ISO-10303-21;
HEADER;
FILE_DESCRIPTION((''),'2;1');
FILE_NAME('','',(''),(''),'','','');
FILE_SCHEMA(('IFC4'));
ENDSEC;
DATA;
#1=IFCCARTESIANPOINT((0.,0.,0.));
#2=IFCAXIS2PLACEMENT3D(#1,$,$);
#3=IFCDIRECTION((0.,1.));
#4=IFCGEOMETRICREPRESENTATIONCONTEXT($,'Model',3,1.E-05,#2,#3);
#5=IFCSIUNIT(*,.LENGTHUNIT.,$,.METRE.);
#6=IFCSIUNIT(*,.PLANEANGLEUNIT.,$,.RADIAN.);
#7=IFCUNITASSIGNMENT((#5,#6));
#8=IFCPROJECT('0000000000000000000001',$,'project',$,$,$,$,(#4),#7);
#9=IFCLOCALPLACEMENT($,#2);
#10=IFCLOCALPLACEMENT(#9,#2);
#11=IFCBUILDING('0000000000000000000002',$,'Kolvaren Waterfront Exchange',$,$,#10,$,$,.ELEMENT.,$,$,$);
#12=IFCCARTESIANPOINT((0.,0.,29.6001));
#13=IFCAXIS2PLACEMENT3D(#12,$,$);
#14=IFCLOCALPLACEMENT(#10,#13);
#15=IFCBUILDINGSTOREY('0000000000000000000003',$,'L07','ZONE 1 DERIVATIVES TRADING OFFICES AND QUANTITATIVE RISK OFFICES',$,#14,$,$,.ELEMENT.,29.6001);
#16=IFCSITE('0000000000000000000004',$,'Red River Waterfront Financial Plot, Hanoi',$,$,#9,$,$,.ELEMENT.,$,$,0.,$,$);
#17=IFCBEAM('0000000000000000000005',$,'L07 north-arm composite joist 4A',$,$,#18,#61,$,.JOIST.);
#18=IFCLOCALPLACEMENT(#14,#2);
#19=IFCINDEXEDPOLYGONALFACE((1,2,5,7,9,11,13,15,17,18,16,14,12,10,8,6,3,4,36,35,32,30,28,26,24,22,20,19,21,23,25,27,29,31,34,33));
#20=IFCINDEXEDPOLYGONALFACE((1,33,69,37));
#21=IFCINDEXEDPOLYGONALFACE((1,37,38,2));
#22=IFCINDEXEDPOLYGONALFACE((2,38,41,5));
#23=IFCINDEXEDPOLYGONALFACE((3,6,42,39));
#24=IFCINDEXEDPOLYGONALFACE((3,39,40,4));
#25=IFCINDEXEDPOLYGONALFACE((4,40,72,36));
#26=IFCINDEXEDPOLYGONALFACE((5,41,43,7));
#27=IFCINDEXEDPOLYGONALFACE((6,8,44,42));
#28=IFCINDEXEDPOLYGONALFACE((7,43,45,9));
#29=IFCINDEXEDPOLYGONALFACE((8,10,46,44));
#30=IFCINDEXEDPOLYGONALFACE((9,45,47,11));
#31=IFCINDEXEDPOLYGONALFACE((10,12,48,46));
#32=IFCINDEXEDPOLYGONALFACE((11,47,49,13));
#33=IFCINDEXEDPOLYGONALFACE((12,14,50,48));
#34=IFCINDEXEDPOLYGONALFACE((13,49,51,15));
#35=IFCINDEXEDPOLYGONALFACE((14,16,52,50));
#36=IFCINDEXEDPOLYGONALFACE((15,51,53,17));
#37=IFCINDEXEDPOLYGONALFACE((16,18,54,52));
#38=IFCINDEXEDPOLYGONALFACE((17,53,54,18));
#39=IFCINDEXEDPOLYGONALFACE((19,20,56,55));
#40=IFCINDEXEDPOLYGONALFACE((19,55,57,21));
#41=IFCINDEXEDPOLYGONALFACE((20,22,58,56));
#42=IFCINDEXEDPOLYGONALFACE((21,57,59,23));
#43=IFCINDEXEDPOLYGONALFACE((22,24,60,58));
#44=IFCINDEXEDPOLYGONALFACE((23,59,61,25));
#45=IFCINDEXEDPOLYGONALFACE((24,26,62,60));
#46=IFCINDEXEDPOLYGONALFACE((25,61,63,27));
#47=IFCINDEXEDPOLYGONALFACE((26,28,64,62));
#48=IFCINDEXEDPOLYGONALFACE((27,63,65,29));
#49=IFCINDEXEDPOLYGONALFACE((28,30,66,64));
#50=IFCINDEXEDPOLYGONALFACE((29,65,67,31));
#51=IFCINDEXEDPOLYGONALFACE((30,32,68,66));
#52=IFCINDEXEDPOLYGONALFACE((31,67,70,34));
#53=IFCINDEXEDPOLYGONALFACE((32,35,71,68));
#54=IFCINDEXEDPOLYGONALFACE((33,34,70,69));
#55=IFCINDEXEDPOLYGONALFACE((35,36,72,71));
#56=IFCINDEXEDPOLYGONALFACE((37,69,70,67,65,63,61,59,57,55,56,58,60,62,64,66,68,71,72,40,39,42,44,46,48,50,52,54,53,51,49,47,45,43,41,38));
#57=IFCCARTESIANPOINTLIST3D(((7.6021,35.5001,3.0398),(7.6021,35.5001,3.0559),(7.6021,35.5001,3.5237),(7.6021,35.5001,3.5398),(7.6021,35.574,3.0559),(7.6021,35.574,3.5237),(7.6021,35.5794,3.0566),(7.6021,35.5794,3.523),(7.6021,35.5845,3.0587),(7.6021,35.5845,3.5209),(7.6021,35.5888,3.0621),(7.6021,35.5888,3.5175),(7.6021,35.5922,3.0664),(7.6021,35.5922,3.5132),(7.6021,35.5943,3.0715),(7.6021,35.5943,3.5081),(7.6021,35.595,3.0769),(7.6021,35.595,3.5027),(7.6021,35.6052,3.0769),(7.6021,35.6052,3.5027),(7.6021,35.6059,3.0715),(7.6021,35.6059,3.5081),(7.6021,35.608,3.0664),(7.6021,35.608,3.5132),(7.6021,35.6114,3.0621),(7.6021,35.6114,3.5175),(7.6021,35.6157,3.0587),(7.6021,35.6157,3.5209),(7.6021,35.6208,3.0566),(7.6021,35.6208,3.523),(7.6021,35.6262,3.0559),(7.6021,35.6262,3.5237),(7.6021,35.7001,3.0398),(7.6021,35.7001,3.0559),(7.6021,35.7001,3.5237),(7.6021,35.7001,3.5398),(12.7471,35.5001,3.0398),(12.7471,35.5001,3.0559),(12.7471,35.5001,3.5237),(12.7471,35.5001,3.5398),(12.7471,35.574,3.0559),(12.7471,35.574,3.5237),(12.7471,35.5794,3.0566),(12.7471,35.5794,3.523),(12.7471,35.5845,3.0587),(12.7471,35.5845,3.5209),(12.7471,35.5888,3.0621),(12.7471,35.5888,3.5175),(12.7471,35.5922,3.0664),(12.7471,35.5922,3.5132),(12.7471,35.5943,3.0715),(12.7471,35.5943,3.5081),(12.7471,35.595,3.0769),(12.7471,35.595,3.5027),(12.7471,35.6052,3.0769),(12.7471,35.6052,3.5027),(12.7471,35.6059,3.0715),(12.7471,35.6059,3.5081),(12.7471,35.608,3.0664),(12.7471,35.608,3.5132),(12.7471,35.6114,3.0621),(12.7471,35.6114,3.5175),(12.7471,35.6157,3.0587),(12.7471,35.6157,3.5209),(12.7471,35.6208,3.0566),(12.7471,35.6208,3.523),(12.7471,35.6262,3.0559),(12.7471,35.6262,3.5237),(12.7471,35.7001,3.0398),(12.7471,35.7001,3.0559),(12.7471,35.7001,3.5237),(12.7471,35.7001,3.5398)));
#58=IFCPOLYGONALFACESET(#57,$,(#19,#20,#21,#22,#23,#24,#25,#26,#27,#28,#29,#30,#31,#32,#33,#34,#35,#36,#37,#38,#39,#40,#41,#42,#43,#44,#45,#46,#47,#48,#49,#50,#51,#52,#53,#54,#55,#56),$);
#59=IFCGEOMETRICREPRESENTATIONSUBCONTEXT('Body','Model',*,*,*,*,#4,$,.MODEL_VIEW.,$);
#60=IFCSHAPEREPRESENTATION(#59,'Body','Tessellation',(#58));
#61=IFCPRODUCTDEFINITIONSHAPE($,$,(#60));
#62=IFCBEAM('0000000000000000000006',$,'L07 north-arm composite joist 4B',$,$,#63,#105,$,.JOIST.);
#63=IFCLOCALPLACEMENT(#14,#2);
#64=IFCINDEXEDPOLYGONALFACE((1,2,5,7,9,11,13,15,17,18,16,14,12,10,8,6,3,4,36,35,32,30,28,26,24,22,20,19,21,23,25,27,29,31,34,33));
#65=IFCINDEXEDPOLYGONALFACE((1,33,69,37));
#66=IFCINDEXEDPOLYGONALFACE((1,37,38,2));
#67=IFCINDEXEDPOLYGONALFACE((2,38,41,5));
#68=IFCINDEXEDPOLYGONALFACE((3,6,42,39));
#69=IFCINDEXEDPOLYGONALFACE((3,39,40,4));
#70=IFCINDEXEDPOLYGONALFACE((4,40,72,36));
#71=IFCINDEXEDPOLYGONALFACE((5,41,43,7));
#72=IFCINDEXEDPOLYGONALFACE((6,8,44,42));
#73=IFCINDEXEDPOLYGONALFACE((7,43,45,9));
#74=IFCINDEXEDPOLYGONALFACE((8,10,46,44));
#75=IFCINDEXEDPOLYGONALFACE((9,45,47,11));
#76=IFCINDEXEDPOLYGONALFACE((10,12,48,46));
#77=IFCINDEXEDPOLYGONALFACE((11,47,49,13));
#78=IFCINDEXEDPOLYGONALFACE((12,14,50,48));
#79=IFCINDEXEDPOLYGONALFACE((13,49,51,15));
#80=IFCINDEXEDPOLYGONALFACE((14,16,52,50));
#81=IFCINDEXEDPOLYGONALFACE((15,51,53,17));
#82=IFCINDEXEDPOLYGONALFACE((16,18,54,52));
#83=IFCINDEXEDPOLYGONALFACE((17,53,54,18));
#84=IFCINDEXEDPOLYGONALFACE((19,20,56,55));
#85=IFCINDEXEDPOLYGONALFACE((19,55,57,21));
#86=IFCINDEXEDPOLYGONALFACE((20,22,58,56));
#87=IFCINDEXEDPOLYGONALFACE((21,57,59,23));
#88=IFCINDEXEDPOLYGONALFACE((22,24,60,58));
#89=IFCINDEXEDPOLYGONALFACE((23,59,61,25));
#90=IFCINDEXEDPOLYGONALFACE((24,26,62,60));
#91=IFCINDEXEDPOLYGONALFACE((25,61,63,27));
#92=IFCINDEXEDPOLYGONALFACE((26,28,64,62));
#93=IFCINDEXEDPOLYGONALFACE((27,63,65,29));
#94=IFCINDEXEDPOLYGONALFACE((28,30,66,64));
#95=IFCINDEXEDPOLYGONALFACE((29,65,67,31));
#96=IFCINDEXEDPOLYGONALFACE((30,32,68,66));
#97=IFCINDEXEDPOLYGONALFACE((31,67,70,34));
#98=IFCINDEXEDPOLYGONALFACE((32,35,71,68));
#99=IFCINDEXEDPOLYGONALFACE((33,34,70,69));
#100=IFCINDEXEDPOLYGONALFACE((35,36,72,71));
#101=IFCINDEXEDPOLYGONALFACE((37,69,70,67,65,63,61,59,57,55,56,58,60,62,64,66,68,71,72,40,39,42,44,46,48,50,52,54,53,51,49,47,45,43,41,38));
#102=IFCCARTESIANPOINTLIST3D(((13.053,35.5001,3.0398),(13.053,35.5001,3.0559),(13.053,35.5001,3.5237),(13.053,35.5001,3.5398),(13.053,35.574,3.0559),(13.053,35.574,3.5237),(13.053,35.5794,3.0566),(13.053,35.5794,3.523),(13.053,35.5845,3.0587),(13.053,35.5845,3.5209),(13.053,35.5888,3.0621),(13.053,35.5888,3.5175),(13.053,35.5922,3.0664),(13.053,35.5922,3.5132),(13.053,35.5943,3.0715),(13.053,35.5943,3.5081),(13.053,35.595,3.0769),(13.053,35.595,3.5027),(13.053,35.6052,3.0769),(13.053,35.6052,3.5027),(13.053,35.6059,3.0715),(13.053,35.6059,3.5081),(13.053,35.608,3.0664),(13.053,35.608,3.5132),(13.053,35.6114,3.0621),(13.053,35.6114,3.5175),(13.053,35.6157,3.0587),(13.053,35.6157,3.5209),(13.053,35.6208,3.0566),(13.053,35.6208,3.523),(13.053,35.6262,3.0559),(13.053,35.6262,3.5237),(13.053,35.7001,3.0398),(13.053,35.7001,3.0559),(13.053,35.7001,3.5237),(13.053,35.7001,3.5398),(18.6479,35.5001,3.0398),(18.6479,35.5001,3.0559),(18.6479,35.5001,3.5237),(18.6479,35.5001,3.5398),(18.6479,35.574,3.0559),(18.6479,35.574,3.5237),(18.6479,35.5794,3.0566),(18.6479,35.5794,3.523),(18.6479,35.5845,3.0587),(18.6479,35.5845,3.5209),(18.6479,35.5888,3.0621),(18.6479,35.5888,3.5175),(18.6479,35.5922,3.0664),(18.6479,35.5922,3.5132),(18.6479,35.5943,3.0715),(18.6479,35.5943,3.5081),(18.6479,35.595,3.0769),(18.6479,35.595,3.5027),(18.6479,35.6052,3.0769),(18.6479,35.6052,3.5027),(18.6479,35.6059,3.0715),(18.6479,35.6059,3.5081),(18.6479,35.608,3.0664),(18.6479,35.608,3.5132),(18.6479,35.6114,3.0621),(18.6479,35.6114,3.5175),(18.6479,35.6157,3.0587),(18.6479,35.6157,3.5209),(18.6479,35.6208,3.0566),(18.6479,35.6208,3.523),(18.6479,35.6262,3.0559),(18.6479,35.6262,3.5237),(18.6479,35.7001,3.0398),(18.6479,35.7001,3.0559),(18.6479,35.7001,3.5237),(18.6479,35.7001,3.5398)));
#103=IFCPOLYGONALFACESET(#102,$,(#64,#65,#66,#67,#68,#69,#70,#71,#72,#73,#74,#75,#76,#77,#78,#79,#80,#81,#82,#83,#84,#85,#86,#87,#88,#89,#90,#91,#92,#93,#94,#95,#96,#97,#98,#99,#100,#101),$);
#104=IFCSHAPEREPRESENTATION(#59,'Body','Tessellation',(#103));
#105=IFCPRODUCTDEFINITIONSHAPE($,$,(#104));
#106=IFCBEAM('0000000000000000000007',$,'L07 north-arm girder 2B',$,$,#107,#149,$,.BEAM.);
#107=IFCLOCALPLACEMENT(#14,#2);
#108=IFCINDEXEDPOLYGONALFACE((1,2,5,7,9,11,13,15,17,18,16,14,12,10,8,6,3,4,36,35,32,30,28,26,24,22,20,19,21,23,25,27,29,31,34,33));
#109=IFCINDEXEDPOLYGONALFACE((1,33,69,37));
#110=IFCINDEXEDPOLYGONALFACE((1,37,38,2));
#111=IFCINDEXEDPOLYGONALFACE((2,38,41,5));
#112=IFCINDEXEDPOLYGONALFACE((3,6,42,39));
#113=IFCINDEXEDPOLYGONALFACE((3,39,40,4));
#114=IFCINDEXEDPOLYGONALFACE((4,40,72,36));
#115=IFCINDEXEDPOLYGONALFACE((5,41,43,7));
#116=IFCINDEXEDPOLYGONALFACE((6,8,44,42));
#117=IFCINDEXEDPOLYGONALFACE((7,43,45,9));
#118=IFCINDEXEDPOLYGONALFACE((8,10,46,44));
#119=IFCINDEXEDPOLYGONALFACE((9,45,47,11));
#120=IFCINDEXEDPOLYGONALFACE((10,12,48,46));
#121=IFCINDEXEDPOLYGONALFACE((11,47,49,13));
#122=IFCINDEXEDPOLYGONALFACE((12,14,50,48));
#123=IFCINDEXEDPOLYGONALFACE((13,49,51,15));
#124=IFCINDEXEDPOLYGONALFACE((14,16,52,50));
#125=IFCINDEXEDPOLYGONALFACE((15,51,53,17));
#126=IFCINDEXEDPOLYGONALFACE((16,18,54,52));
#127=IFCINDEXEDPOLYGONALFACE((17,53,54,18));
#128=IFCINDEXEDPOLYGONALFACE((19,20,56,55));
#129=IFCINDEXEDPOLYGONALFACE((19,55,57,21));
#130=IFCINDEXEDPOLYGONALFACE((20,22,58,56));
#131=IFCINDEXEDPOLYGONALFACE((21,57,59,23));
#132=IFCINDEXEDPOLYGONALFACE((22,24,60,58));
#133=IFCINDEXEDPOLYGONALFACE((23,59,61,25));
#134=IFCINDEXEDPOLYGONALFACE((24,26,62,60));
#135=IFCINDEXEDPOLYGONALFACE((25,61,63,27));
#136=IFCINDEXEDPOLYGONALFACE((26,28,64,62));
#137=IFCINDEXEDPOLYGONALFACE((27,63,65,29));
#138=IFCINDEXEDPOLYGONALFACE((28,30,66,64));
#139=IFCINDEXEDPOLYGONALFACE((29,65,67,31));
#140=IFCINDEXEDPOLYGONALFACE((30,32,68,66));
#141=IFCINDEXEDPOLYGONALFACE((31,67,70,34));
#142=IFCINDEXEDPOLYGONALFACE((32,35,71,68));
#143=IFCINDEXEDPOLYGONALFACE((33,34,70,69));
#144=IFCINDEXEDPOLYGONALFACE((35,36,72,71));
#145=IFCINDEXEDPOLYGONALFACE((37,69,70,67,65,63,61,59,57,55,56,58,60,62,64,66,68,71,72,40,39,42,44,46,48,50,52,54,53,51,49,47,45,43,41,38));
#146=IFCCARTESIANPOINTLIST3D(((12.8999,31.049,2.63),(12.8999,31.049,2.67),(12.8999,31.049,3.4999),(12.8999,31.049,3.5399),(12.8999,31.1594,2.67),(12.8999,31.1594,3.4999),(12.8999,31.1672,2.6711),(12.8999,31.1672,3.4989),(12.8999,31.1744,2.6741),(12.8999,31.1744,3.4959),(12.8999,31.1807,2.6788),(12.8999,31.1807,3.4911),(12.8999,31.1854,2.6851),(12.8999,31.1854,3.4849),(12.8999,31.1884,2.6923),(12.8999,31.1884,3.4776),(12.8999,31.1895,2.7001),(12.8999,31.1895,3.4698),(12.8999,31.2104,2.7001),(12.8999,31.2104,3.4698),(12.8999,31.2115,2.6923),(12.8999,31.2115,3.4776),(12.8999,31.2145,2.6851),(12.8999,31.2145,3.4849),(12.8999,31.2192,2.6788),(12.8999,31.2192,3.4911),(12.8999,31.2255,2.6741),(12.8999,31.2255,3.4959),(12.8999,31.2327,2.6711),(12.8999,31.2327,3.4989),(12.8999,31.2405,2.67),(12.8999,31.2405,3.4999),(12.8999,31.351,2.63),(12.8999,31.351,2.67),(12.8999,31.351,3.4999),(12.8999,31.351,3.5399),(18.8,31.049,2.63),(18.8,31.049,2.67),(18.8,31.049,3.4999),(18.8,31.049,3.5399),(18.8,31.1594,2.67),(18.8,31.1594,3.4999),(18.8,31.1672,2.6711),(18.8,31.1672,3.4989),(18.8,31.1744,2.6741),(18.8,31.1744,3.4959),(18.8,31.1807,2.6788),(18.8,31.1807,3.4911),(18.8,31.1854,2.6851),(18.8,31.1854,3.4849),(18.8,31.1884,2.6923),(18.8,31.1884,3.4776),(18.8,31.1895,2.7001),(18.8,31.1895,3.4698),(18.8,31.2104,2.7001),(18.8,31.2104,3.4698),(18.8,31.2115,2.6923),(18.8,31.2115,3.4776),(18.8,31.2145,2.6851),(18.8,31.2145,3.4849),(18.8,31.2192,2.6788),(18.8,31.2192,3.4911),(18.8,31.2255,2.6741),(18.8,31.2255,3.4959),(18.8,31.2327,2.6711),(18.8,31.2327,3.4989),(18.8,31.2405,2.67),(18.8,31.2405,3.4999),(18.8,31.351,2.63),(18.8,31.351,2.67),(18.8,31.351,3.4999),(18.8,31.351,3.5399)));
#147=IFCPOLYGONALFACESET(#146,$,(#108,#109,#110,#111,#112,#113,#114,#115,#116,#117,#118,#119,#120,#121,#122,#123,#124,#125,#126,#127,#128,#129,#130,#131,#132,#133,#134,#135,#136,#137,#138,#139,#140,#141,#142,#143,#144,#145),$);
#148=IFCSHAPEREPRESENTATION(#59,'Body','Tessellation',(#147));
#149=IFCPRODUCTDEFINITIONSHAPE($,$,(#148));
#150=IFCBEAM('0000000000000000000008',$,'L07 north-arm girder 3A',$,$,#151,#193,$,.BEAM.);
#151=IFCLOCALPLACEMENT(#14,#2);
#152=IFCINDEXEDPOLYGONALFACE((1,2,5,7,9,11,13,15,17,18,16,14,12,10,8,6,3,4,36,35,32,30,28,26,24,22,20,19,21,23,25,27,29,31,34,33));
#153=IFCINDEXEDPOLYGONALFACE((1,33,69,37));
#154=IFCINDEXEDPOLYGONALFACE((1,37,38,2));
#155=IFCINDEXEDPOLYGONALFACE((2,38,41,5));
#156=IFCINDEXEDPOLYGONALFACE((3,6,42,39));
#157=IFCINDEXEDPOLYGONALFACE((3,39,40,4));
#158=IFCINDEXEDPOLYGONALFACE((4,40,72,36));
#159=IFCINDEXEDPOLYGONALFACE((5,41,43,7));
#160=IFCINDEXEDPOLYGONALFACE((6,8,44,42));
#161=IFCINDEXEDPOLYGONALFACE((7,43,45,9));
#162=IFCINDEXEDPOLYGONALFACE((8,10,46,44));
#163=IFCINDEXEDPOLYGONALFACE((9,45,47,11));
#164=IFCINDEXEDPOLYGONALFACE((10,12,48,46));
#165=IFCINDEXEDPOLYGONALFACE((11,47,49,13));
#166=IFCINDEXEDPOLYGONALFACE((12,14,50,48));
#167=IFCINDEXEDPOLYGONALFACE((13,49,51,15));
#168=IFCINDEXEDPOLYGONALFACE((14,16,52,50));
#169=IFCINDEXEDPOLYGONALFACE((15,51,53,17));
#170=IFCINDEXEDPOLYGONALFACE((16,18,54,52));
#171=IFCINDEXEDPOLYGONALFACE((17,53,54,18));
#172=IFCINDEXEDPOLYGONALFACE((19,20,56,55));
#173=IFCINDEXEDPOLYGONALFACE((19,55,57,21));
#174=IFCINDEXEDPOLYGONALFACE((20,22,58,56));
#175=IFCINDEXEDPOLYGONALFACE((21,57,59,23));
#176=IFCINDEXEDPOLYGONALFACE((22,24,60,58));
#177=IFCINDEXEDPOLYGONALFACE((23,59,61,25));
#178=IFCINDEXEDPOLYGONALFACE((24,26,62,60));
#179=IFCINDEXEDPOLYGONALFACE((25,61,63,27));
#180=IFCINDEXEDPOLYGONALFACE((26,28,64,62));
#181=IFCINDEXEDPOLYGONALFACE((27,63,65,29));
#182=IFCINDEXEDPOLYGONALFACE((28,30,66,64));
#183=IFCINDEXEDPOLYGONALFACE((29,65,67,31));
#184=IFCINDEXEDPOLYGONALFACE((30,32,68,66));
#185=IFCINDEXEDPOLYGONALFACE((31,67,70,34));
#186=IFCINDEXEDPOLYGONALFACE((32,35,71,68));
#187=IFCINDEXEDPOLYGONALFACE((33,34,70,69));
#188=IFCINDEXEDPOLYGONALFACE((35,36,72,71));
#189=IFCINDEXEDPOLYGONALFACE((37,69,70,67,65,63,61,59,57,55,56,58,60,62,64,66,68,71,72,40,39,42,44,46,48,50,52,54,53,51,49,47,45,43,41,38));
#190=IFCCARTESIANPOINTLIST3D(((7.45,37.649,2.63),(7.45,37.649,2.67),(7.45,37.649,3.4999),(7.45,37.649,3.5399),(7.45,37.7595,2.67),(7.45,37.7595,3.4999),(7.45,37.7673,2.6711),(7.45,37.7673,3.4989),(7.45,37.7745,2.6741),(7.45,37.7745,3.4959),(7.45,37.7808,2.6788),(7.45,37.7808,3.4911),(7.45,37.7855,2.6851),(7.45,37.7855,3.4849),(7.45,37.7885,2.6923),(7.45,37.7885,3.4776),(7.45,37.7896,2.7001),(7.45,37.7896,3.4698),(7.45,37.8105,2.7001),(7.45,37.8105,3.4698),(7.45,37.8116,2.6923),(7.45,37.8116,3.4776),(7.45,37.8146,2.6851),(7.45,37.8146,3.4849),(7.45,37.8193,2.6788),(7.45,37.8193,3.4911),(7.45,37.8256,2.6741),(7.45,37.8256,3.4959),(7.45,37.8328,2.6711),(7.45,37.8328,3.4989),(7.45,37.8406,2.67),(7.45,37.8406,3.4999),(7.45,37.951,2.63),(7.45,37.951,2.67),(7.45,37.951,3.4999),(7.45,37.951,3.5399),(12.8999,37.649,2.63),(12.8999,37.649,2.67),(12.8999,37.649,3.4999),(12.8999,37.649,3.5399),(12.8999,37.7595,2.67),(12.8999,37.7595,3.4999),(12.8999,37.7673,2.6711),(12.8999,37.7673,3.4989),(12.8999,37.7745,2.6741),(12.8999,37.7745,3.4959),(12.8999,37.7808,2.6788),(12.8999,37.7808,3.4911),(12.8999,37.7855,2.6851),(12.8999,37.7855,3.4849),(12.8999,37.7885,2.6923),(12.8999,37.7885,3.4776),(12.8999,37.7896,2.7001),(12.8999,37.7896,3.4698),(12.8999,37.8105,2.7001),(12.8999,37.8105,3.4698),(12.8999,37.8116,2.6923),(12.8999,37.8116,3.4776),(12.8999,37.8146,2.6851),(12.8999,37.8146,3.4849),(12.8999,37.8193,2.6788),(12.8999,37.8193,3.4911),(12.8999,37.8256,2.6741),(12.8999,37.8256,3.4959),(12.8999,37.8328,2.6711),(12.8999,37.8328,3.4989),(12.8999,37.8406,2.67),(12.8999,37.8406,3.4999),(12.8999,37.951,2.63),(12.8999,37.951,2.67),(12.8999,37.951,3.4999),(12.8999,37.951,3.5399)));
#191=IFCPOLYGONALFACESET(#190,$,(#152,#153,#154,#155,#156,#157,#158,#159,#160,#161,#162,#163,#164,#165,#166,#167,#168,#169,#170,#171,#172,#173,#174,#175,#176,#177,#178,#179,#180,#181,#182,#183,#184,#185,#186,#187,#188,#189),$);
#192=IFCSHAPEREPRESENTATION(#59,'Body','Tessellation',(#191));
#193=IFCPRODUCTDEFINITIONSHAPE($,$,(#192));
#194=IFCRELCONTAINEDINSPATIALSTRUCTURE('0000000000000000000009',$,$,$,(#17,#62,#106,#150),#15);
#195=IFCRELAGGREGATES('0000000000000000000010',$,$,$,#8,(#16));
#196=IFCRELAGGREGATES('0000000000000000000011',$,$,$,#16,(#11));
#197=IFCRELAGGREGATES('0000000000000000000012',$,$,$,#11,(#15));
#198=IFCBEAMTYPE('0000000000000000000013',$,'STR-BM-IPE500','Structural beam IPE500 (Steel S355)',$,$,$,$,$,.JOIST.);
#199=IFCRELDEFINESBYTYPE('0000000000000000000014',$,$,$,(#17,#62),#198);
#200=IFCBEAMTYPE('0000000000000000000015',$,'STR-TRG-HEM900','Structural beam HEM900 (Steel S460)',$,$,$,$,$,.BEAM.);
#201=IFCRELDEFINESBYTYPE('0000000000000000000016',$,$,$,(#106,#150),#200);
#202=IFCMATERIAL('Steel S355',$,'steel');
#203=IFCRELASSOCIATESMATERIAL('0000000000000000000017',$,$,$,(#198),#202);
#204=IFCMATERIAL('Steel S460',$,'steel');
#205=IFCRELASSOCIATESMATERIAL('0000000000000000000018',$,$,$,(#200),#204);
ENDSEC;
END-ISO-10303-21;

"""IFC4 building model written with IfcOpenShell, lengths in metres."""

from ifc_helpers import new_model, si_unit, direction, frame, origin, origin_2d, place, context, subcontext, project, spatial, i_section, extrude, material, material_profile, profile_set, type_object, element, save


model = new_model("IFC4")

# Units and contexts
model_context = context("Model", 3, precision=1e-05, world=origin(), true_north=direction((0.0, 1.0)))
body_context = subcontext(model_context, "Body", "Model", "MODEL_VIEW")
ifc_project = project(units=[si_unit("LENGTHUNIT", "METRE"), si_unit("PLANEANGLEUNIT", "RADIAN")], contexts=[model_context])

# Site, building, storey
site_placement = place(None, origin())
site = spatial("IfcSite", under=ifc_project, at=site_placement, Name="Red River Waterfront Financial Plot, Hanoi", CompositionType="ELEMENT", RefElevation=0.0)
building_placement = place(site_placement, origin())
building = spatial("IfcBuilding", under=site, at=building_placement, Name="Kolvaren Waterfront Exchange", CompositionType="ELEMENT")
storey_placement = place(building_placement, frame((0.0, 0.0, 29.6001)))
storey = spatial("IfcBuildingStorey", under=building, at=storey_placement, Name="L07", Description="ZONE 1 DERIVATIVES TRADING OFFICES AND QUANTITATIVE RISK OFFICES", CompositionType="ELEMENT", Elevation=29.6001)

# Beams
ifc_material_1 = material(Name="Steel S355", Category="steel")
ifc_material_profile_1 = material_profile(ifc_material_1, i_section(OverallWidth=0.2, OverallDepth=0.5, WebThickness=0.0103, FlangeThickness=0.0161, FilletRadius=0.021, at=origin_2d()), Name="IPE500")
ifc_profile_set_1 = profile_set([ifc_material_profile_1], Name="Steel S355")
beam_type_1 = type_object("IfcBeamType", Name="STR-BM-IPE500", Description="Structural beam IPE500 (Steel S355)", PredefinedType="JOIST", material=ifc_profile_set_1)
beam_1_placement = place(storey_placement, frame((7.6021, 35.6001, 3.2898), z_axis=(1.0, 0.0, 0.0), x_axis=(0.0, 1.0, 0.0)))
element("IfcBeam", 1, at=beam_1_placement, inside=storey, type_object=beam_type_1, Name="L07 north-arm composite joist 4A", PredefinedType="JOIST", context=body_context, shape_type="SweptSolid", body=[
    extrude(i_section(OverallWidth=0.2, OverallDepth=0.5, WebThickness=0.0103, FlangeThickness=0.0161, FilletRadius=0.021, at=origin_2d()), origin(), (0.0, 0.0, 1.0), 5.145),
])
beam_2_placement = place(storey_placement, frame((13.053, 35.6001, 3.2898), z_axis=(1.0, 0.0, 0.0), x_axis=(0.0, 1.0, 0.0)))
element("IfcBeam", 2, at=beam_2_placement, inside=storey, type_object=beam_type_1, Name="L07 north-arm composite joist 4B", PredefinedType="JOIST", context=body_context, shape_type="SweptSolid", body=[
    extrude(i_section(OverallWidth=0.2, OverallDepth=0.5, WebThickness=0.0103, FlangeThickness=0.0161, FilletRadius=0.021, at=origin_2d()), origin(), (0.0, 0.0, 1.0), 5.595),
])
ifc_material_2 = material(Name="Steel S460", Category="steel")
ifc_material_profile_2 = material_profile(ifc_material_2, i_section(OverallWidth=0.302, OverallDepth=0.9099, WebThickness=0.021, FlangeThickness=0.04, FilletRadius=0.03, at=origin_2d()), Name="HEM900")
ifc_profile_set_2 = profile_set([ifc_material_profile_2], Name="Steel S460")
beam_type_2 = type_object("IfcBeamType", Name="STR-TRG-HEM900", Description="Structural beam HEM900 (Steel S460)", PredefinedType="BEAM", material=ifc_profile_set_2)
beam_3_placement = place(storey_placement, frame((12.8999, 31.2, 3.085), z_axis=(1.0, 0.0, 0.0), x_axis=(0.0, 1.0, 0.0)))
element("IfcBeam", 3, at=beam_3_placement, inside=storey, type_object=beam_type_2, Name="L07 north-arm girder 2B", PredefinedType="BEAM", context=body_context, shape_type="SweptSolid", body=[
    extrude(i_section(OverallWidth=0.302, OverallDepth=0.9099, WebThickness=0.021, FlangeThickness=0.04, FilletRadius=0.03, at=origin_2d()), origin(), (0.0, 0.0, 1.0), 5.9001),
])
beam_4_placement = place(storey_placement, frame((7.45, 37.8, 3.085), z_axis=(1.0, 0.0, 0.0), x_axis=(0.0, 1.0, 0.0)))
element("IfcBeam", 4, at=beam_4_placement, inside=storey, type_object=beam_type_2, Name="L07 north-arm girder 3A", PredefinedType="BEAM", context=body_context, shape_type="SweptSolid", body=[
    extrude(i_section(OverallWidth=0.302, OverallDepth=0.9099, WebThickness=0.021, FlangeThickness=0.04, FilletRadius=0.03, at=origin_2d()), origin(), (0.0, 0.0, 1.0), 5.45),
])

save(model, "model.ifc")
